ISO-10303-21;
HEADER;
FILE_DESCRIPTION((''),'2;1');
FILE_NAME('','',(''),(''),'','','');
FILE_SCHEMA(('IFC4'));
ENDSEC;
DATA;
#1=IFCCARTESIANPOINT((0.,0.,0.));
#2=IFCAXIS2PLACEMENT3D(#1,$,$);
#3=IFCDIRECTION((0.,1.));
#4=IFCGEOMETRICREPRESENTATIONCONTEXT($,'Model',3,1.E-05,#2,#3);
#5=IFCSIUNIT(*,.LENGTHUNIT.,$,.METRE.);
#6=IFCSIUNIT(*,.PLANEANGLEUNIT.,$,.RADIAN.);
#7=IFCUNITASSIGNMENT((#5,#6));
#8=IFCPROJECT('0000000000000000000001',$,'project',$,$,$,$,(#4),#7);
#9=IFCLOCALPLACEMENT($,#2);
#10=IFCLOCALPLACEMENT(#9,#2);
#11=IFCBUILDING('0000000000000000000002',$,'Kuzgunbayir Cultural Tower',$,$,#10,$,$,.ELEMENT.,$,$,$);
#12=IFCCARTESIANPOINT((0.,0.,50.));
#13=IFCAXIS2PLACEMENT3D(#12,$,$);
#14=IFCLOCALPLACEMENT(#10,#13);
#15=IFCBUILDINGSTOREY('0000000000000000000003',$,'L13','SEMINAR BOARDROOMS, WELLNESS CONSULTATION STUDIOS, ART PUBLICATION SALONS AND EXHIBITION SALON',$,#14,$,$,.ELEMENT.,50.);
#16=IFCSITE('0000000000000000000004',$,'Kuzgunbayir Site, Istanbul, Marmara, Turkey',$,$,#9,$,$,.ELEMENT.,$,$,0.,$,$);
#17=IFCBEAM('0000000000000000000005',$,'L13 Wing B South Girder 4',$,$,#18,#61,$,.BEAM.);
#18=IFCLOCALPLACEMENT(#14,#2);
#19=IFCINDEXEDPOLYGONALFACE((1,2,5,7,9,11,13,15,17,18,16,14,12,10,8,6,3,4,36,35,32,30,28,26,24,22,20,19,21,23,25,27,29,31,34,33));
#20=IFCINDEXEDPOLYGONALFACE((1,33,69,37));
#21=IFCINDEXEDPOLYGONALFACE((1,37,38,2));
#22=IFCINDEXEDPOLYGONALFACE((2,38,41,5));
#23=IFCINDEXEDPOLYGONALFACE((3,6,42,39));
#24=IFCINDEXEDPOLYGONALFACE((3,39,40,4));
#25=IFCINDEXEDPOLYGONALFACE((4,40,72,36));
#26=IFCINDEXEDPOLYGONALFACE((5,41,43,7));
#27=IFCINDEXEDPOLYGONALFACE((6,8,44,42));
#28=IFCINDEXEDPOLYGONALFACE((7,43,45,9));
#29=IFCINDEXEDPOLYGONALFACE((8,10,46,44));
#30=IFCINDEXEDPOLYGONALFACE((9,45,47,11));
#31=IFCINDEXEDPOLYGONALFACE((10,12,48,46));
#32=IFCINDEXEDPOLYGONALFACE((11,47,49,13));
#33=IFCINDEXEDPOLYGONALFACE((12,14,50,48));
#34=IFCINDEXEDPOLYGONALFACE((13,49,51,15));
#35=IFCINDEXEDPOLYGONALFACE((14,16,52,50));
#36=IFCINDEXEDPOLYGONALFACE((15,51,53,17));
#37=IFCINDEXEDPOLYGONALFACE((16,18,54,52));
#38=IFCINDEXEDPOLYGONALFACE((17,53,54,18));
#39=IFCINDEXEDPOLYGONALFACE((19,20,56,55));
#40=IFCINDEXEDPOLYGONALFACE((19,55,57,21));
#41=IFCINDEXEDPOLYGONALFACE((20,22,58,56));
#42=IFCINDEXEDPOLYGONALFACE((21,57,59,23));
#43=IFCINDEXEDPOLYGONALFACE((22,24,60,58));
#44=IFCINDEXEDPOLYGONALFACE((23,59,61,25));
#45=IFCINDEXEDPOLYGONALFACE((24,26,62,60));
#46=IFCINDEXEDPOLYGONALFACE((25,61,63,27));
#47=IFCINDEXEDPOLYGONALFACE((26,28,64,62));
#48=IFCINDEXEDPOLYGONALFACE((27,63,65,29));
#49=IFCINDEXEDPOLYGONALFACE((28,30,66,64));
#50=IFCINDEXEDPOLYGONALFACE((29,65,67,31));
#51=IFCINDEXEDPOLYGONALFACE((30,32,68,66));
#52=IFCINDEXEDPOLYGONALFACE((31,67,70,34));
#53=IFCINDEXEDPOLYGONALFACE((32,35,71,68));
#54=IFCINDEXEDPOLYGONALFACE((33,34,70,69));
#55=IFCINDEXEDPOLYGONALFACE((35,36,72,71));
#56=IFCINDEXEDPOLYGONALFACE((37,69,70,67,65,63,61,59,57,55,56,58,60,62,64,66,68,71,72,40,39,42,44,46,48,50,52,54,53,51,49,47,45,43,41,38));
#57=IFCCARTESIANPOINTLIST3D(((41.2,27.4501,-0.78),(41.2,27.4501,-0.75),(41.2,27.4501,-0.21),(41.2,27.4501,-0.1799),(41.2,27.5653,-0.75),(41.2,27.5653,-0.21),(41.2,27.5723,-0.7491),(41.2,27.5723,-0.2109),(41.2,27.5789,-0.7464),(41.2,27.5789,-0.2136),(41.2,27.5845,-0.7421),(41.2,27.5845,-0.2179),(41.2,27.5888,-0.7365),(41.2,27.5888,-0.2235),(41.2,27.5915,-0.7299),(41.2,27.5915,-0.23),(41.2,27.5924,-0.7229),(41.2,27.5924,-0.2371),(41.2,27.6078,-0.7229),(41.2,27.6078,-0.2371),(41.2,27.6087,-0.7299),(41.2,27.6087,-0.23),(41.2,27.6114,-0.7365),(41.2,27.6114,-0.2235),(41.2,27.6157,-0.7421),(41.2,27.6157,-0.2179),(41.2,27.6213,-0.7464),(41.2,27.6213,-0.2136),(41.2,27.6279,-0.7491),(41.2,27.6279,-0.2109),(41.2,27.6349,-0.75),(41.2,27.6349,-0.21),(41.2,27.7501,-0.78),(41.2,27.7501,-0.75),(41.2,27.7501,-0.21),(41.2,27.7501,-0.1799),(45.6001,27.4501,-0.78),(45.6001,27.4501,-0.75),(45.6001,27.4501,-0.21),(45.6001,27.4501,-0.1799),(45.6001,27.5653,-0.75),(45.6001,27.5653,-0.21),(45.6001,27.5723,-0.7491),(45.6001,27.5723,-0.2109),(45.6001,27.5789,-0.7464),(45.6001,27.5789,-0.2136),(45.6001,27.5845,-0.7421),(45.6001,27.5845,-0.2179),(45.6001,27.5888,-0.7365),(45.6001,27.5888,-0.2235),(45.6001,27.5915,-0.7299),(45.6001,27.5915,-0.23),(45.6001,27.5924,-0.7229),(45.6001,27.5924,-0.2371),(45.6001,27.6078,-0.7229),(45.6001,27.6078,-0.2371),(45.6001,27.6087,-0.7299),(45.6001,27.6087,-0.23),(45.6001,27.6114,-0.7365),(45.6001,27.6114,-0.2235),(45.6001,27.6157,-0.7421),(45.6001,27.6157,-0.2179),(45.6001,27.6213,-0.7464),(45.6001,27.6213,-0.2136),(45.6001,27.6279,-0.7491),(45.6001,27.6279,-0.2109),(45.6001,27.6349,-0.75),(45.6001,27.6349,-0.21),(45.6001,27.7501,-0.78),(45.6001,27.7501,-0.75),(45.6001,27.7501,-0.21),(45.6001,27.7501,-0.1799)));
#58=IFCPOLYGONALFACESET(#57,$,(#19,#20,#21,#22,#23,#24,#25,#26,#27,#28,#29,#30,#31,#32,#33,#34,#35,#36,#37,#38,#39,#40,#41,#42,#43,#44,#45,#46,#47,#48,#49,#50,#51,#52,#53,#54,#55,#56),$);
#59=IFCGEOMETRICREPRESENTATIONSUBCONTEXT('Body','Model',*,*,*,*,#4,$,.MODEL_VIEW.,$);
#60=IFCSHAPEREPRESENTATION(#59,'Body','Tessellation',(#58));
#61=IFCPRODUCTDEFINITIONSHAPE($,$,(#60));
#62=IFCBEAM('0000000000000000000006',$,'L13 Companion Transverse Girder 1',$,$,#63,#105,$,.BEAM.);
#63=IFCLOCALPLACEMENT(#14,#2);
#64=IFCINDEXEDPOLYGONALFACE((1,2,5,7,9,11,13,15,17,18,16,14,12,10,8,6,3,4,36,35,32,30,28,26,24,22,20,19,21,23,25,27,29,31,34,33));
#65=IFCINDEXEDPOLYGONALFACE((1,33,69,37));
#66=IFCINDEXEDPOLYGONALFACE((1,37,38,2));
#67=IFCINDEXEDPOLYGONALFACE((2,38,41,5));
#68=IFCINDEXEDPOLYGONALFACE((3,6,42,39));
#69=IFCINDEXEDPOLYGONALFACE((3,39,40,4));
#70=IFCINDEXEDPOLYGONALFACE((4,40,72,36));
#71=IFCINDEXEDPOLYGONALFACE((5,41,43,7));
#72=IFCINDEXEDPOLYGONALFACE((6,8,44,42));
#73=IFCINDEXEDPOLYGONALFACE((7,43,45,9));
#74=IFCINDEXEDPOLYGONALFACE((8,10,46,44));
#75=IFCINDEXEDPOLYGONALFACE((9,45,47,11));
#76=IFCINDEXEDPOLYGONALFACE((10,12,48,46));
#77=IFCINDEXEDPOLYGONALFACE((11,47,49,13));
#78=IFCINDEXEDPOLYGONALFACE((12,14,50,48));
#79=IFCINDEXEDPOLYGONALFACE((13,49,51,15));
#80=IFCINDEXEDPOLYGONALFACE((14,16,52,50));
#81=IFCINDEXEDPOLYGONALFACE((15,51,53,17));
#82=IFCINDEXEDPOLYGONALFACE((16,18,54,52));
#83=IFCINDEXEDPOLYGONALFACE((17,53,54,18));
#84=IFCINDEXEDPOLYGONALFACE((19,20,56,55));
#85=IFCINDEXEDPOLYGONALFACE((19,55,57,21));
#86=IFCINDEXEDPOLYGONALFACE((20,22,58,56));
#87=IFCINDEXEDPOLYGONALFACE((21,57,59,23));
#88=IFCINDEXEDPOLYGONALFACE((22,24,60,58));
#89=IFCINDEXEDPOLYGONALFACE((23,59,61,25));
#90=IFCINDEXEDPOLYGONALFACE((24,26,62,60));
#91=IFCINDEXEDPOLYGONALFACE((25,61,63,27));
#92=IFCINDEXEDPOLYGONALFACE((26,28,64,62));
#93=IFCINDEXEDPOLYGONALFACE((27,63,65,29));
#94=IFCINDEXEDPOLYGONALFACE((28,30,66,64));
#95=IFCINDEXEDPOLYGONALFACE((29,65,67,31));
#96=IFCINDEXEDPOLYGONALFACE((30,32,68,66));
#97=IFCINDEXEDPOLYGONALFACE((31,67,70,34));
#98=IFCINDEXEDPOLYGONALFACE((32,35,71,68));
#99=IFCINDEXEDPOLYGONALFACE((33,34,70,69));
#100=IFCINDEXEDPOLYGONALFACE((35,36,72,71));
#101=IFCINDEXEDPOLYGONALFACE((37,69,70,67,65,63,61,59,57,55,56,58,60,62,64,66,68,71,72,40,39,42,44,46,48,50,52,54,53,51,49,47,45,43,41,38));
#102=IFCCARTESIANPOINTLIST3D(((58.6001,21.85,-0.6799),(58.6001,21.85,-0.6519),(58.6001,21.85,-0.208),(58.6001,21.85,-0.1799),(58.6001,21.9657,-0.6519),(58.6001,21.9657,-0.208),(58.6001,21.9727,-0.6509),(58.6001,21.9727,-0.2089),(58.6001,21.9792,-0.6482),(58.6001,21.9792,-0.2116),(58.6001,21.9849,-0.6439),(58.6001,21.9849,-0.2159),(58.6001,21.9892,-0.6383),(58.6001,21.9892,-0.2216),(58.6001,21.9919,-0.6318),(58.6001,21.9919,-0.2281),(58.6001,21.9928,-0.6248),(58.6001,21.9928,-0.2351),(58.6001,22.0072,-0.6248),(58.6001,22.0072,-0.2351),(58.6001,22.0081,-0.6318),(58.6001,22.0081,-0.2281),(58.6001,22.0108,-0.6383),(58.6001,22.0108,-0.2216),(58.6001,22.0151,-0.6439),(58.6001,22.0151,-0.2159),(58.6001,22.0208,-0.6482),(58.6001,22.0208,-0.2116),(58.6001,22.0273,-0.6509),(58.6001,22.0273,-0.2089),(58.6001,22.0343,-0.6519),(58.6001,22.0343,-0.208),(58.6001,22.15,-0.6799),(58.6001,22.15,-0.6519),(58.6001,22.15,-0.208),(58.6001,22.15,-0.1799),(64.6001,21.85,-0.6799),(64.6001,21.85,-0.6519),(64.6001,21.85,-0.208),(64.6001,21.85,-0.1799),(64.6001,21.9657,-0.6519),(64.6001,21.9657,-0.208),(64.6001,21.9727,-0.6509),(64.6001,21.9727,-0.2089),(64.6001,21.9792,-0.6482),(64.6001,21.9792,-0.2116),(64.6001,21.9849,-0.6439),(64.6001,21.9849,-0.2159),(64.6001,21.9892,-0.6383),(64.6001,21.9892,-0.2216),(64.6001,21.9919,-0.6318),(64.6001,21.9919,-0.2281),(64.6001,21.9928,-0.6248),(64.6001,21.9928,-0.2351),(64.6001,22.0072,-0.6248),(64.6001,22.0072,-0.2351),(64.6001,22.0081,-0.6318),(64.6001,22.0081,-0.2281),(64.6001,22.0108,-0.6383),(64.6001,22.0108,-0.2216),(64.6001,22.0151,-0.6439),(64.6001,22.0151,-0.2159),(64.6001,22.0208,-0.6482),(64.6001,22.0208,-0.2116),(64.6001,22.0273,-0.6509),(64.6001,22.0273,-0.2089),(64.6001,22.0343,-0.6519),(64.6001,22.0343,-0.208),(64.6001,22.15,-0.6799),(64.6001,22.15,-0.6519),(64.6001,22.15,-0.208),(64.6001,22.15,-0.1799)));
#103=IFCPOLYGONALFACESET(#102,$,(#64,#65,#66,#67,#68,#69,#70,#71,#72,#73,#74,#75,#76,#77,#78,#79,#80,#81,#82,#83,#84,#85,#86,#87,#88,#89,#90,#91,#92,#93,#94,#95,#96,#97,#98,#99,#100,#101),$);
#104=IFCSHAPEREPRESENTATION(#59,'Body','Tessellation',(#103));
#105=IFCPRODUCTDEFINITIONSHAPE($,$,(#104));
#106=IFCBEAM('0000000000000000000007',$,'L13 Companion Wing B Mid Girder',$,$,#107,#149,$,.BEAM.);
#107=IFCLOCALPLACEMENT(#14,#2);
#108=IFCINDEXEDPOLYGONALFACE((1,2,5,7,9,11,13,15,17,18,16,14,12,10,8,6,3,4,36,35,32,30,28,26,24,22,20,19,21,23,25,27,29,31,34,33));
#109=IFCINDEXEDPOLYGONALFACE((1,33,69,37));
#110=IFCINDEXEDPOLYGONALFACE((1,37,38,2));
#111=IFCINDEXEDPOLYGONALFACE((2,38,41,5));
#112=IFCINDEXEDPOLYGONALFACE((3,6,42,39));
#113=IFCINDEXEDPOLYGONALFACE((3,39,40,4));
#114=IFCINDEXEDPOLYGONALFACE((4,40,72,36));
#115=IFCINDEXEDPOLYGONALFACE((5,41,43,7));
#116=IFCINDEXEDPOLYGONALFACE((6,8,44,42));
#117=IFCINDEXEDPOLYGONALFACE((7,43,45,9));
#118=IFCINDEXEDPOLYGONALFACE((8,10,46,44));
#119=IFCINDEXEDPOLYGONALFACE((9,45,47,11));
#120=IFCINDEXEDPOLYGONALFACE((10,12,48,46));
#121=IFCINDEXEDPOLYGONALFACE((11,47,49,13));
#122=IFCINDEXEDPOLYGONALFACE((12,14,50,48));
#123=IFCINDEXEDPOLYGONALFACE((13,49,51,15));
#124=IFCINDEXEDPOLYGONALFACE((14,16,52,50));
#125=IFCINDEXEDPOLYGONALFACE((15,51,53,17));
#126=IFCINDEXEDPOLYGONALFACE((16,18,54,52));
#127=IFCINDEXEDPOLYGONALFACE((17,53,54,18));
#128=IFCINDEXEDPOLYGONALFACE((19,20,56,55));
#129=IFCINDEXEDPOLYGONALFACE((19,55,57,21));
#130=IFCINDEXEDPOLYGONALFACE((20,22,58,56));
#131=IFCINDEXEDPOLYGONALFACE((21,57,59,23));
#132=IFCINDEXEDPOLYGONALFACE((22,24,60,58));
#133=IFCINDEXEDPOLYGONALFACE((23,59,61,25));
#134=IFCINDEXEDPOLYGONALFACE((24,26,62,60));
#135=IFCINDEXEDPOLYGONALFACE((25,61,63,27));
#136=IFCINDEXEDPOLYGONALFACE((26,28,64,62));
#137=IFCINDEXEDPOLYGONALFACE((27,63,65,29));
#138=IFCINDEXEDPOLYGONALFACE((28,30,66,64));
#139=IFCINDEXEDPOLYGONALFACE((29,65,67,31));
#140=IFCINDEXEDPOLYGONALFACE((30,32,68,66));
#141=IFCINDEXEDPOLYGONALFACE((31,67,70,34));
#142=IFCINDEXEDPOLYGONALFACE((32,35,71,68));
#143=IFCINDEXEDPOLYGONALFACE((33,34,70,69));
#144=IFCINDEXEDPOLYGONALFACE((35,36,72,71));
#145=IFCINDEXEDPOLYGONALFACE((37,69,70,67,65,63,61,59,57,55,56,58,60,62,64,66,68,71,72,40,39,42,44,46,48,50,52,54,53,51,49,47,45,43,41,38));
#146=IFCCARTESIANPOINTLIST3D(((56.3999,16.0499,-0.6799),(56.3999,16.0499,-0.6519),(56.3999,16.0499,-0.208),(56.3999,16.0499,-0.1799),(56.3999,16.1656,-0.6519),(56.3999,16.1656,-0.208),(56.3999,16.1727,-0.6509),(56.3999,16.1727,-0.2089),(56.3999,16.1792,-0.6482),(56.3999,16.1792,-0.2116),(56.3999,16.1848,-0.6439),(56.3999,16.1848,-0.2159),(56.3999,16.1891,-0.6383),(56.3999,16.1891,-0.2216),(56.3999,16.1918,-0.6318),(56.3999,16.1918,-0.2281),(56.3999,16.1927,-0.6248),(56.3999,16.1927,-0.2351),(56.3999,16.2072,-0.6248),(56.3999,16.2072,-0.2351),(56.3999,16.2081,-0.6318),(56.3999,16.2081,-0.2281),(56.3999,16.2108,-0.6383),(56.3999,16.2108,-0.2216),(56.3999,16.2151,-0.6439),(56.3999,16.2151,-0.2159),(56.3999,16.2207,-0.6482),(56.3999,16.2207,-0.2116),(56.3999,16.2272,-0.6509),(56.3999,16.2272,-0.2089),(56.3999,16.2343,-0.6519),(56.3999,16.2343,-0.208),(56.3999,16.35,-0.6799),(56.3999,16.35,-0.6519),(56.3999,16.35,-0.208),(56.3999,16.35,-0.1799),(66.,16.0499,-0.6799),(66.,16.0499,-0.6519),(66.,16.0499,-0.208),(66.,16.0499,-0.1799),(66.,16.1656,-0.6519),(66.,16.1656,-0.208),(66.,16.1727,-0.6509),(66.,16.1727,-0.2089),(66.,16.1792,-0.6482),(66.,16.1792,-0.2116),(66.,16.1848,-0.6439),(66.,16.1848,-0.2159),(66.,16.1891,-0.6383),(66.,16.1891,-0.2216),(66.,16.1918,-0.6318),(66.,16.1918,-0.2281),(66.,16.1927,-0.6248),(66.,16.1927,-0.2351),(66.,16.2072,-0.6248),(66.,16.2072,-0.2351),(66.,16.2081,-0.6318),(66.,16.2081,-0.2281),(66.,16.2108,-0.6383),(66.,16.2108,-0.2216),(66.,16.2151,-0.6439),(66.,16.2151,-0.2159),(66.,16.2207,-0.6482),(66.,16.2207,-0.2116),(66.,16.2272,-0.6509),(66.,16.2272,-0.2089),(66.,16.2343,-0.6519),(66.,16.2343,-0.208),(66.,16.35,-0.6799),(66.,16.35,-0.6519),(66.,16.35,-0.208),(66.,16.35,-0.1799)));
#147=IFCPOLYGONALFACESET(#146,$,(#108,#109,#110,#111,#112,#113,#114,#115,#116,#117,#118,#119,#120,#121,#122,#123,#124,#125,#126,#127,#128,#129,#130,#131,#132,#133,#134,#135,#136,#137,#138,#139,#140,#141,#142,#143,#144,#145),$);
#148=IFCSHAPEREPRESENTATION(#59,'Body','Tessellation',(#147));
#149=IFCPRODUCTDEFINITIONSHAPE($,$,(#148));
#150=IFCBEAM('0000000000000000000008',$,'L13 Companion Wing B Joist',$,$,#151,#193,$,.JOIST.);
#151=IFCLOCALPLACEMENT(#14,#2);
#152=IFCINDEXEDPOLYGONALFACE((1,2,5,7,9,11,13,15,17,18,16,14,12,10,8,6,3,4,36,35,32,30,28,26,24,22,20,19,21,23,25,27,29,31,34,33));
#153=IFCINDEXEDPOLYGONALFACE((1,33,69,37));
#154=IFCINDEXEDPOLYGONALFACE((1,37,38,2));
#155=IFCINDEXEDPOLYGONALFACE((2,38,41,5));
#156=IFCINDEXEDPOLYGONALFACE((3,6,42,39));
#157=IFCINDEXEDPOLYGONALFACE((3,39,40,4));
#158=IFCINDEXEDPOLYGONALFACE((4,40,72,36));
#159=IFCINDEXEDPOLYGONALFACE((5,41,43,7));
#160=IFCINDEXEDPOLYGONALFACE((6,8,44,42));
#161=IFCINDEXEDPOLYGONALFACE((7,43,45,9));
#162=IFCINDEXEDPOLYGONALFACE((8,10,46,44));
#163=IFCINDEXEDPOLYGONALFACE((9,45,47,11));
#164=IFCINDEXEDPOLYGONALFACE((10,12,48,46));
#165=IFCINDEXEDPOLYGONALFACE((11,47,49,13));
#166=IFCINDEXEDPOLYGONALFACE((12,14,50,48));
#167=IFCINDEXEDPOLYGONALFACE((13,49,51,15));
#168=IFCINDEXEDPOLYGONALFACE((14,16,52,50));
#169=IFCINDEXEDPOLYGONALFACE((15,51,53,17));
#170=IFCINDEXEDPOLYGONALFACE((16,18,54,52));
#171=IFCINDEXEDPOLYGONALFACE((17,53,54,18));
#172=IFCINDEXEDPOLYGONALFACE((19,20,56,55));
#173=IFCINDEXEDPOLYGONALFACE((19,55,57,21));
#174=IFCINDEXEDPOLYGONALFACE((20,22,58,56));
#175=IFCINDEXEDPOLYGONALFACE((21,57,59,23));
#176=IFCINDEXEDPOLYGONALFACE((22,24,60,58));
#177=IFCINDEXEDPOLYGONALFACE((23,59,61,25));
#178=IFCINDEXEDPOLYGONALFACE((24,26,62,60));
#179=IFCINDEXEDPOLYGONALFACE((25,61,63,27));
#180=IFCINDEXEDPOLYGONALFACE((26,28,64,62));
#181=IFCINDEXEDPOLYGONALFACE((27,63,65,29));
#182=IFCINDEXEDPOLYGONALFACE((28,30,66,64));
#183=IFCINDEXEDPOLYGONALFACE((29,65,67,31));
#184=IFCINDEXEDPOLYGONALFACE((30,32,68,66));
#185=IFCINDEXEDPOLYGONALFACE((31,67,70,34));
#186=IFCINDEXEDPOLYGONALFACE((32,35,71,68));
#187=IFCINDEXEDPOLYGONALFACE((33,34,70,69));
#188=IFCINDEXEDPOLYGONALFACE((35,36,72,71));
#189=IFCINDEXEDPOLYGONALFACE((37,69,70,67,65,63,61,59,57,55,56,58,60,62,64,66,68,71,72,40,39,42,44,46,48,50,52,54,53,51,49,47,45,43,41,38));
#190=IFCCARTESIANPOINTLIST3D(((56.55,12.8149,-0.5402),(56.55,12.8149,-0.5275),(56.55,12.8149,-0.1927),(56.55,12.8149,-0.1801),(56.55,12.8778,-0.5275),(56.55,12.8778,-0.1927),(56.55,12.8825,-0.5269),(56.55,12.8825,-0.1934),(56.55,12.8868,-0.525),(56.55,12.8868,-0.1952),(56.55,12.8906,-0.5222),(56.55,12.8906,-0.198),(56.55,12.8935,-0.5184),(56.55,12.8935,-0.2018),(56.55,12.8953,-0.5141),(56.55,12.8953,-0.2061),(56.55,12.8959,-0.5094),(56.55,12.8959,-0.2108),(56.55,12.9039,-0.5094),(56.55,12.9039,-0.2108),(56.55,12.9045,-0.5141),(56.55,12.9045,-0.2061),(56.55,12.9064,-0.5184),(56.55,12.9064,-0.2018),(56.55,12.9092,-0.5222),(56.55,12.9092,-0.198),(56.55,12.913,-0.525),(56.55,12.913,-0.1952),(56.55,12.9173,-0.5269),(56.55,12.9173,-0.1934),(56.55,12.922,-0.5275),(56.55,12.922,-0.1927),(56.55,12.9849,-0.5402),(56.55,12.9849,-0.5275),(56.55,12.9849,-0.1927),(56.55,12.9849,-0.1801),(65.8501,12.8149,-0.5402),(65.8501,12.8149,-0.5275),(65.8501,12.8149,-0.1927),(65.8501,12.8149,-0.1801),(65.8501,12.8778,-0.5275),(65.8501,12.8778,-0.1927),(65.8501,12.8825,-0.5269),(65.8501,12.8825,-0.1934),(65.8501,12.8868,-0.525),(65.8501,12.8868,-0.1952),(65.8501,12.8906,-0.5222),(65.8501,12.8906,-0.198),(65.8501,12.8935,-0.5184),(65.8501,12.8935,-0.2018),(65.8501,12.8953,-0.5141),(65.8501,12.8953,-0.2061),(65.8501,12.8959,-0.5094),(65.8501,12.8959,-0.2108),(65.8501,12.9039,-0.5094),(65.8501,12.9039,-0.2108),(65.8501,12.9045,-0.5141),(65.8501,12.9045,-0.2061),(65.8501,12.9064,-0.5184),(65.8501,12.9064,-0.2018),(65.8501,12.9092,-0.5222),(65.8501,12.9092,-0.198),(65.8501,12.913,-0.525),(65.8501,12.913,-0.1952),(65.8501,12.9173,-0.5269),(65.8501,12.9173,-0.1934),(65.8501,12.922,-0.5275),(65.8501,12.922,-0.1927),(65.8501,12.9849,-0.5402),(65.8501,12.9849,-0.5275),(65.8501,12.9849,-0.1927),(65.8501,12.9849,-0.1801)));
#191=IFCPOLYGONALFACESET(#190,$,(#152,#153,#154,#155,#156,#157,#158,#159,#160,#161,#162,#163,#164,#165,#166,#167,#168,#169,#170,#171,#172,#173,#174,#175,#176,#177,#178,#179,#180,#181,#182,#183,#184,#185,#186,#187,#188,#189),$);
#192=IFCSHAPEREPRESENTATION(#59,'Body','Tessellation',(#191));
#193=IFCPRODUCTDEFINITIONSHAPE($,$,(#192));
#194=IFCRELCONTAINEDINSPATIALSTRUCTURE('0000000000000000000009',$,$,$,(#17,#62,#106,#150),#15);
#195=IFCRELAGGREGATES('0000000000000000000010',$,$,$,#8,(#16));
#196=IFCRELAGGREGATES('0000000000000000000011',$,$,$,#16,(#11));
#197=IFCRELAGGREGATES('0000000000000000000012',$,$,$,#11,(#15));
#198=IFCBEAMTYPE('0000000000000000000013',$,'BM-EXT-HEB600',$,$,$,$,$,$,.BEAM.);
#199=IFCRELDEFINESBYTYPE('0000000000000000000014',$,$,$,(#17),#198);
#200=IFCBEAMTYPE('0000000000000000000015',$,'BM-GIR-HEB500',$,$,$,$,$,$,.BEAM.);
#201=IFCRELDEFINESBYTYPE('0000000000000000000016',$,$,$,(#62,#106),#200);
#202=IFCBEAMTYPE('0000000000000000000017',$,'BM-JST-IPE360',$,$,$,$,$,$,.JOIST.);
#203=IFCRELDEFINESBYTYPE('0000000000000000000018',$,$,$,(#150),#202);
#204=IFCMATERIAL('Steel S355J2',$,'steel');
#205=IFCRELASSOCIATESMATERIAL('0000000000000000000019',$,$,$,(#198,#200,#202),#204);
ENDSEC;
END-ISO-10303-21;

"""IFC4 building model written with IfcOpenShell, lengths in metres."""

from ifc_helpers import new_model, si_unit, direction, frame, origin, origin_2d, place, context, subcontext, project, spatial, i_section, extrude, material, material_profile, profile_set, type_object, element, save


model = new_model("IFC4")

# Units and contexts
model_context = context("Model", 3, precision=1e-05, world=origin(), true_north=direction((0.0, 1.0)))
body_context = subcontext(model_context, "Body", "Model", "MODEL_VIEW")
ifc_project = project(units=[si_unit("LENGTHUNIT", "METRE"), si_unit("PLANEANGLEUNIT", "RADIAN")], contexts=[model_context])

# Site, building, storey
site_placement = place(None, origin())
site = spatial("IfcSite", under=ifc_project, at=site_placement, Name="Kuzgunbayir Site, Istanbul, Marmara, Turkey", CompositionType="ELEMENT", RefElevation=0.0)
building_placement = place(site_placement, origin())
building = spatial("IfcBuilding", under=site, at=building_placement, Name="Kuzgunbayir Cultural Tower", CompositionType="ELEMENT")
storey_placement = place(building_placement, frame((0.0, 0.0, 50.0)))
storey = spatial("IfcBuildingStorey", under=building, at=storey_placement, Name="L13", Description="SEMINAR BOARDROOMS, WELLNESS CONSULTATION STUDIOS, ART PUBLICATION SALONS AND EXHIBITION SALON", CompositionType="ELEMENT", Elevation=50.0)

# Beams
ifc_material_1 = material(Name="Steel S355J2", Category="steel")
ifc_material_profile_1 = material_profile(ifc_material_1, i_section(OverallWidth=0.3, OverallDepth=0.6001, WebThickness=0.0154, FlangeThickness=0.03, FilletRadius=0.0271, at=origin_2d()), Name="HEB 600")
ifc_profile_set_1 = profile_set([ifc_material_profile_1], Name="Steel S355J2")
beam_type_1 = type_object("IfcBeamType", Name="BM-EXT-HEB600", PredefinedType="BEAM", material=ifc_profile_set_1)
beam_1_placement = place(storey_placement, frame((41.2, 27.6001, -0.48), z_axis=(1.0, 0.0, 0.0), x_axis=(0.0, 1.0, 0.0)))
element("IfcBeam", 1, at=beam_1_placement, inside=storey, type_object=beam_type_1, Name="L13 Wing B South Girder 4", PredefinedType="BEAM", context=body_context, shape_type="SweptSolid", body=[
    extrude(i_section(OverallWidth=0.3, OverallDepth=0.6001, WebThickness=0.0154, FlangeThickness=0.03, FilletRadius=0.0271, at=origin_2d()), origin(), (0.0, 0.0, 1.0), 4.4001),
])
ifc_material_profile_2 = material_profile(ifc_material_1, i_section(OverallWidth=0.3, OverallDepth=0.5, WebThickness=0.0144, FlangeThickness=0.0281, FilletRadius=0.0271, at=origin_2d()), Name="HEB 500")
ifc_profile_set_2 = profile_set([ifc_material_profile_2], Name="Steel S355J2")
beam_type_2 = type_object("IfcBeamType", Name="BM-GIR-HEB500", PredefinedType="BEAM", material=ifc_profile_set_2)
beam_2_placement = place(storey_placement, frame((58.6001, 22.0, -0.4299), z_axis=(1.0, 0.0, 0.0), x_axis=(0.0, 1.0, 0.0)))
element("IfcBeam", 2, at=beam_2_placement, inside=storey, type_object=beam_type_2, Name="L13 Companion Transverse Girder 1", PredefinedType="BEAM", context=body_context, shape_type="SweptSolid", body=[
    extrude(i_section(OverallWidth=0.3, OverallDepth=0.5, WebThickness=0.0144, FlangeThickness=0.0281, FilletRadius=0.0271, at=origin_2d()), origin(), (0.0, 0.0, 1.0), 6.0),
])
beam_3_placement = place(storey_placement, frame((56.3999, 16.2, -0.4299), z_axis=(1.0, 0.0, 0.0), x_axis=(0.0, 1.0, 0.0)))
element("IfcBeam", 3, at=beam_3_placement, inside=storey, type_object=beam_type_2, Name="L13 Companion Wing B Mid Girder", PredefinedType="BEAM", context=body_context, shape_type="SweptSolid", body=[
    extrude(i_section(OverallWidth=0.3, OverallDepth=0.5, WebThickness=0.0144, FlangeThickness=0.0281, FilletRadius=0.0271, at=origin_2d()), origin(), (0.0, 0.0, 1.0), 9.6001),
])
ifc_material_profile_3 = material_profile(ifc_material_1, i_section(OverallWidth=0.1699, OverallDepth=0.3601, WebThickness=0.0081, FlangeThickness=0.0127, FilletRadius=0.0181, at=origin_2d()), Name="IPE 360")
ifc_profile_set_3 = profile_set([ifc_material_profile_3], Name="Steel S355J2")
beam_type_3 = type_object("IfcBeamType", Name="BM-JST-IPE360", PredefinedType="JOIST", material=ifc_profile_set_3)
beam_4_placement = place(storey_placement, frame((56.55, 12.8999, -0.3601), z_axis=(1.0, 0.0, 0.0), x_axis=(0.0, 1.0, 0.0)))
element("IfcBeam", 4, at=beam_4_placement, inside=storey, type_object=beam_type_3, Name="L13 Companion Wing B Joist", PredefinedType="JOIST", context=body_context, shape_type="SweptSolid", body=[
    extrude(i_section(OverallWidth=0.1699, OverallDepth=0.3601, WebThickness=0.0081, FlangeThickness=0.0127, FilletRadius=0.0181, at=origin_2d()), origin(), (0.0, 0.0, 1.0), 9.3),
])

save(model, "model.ifc")
